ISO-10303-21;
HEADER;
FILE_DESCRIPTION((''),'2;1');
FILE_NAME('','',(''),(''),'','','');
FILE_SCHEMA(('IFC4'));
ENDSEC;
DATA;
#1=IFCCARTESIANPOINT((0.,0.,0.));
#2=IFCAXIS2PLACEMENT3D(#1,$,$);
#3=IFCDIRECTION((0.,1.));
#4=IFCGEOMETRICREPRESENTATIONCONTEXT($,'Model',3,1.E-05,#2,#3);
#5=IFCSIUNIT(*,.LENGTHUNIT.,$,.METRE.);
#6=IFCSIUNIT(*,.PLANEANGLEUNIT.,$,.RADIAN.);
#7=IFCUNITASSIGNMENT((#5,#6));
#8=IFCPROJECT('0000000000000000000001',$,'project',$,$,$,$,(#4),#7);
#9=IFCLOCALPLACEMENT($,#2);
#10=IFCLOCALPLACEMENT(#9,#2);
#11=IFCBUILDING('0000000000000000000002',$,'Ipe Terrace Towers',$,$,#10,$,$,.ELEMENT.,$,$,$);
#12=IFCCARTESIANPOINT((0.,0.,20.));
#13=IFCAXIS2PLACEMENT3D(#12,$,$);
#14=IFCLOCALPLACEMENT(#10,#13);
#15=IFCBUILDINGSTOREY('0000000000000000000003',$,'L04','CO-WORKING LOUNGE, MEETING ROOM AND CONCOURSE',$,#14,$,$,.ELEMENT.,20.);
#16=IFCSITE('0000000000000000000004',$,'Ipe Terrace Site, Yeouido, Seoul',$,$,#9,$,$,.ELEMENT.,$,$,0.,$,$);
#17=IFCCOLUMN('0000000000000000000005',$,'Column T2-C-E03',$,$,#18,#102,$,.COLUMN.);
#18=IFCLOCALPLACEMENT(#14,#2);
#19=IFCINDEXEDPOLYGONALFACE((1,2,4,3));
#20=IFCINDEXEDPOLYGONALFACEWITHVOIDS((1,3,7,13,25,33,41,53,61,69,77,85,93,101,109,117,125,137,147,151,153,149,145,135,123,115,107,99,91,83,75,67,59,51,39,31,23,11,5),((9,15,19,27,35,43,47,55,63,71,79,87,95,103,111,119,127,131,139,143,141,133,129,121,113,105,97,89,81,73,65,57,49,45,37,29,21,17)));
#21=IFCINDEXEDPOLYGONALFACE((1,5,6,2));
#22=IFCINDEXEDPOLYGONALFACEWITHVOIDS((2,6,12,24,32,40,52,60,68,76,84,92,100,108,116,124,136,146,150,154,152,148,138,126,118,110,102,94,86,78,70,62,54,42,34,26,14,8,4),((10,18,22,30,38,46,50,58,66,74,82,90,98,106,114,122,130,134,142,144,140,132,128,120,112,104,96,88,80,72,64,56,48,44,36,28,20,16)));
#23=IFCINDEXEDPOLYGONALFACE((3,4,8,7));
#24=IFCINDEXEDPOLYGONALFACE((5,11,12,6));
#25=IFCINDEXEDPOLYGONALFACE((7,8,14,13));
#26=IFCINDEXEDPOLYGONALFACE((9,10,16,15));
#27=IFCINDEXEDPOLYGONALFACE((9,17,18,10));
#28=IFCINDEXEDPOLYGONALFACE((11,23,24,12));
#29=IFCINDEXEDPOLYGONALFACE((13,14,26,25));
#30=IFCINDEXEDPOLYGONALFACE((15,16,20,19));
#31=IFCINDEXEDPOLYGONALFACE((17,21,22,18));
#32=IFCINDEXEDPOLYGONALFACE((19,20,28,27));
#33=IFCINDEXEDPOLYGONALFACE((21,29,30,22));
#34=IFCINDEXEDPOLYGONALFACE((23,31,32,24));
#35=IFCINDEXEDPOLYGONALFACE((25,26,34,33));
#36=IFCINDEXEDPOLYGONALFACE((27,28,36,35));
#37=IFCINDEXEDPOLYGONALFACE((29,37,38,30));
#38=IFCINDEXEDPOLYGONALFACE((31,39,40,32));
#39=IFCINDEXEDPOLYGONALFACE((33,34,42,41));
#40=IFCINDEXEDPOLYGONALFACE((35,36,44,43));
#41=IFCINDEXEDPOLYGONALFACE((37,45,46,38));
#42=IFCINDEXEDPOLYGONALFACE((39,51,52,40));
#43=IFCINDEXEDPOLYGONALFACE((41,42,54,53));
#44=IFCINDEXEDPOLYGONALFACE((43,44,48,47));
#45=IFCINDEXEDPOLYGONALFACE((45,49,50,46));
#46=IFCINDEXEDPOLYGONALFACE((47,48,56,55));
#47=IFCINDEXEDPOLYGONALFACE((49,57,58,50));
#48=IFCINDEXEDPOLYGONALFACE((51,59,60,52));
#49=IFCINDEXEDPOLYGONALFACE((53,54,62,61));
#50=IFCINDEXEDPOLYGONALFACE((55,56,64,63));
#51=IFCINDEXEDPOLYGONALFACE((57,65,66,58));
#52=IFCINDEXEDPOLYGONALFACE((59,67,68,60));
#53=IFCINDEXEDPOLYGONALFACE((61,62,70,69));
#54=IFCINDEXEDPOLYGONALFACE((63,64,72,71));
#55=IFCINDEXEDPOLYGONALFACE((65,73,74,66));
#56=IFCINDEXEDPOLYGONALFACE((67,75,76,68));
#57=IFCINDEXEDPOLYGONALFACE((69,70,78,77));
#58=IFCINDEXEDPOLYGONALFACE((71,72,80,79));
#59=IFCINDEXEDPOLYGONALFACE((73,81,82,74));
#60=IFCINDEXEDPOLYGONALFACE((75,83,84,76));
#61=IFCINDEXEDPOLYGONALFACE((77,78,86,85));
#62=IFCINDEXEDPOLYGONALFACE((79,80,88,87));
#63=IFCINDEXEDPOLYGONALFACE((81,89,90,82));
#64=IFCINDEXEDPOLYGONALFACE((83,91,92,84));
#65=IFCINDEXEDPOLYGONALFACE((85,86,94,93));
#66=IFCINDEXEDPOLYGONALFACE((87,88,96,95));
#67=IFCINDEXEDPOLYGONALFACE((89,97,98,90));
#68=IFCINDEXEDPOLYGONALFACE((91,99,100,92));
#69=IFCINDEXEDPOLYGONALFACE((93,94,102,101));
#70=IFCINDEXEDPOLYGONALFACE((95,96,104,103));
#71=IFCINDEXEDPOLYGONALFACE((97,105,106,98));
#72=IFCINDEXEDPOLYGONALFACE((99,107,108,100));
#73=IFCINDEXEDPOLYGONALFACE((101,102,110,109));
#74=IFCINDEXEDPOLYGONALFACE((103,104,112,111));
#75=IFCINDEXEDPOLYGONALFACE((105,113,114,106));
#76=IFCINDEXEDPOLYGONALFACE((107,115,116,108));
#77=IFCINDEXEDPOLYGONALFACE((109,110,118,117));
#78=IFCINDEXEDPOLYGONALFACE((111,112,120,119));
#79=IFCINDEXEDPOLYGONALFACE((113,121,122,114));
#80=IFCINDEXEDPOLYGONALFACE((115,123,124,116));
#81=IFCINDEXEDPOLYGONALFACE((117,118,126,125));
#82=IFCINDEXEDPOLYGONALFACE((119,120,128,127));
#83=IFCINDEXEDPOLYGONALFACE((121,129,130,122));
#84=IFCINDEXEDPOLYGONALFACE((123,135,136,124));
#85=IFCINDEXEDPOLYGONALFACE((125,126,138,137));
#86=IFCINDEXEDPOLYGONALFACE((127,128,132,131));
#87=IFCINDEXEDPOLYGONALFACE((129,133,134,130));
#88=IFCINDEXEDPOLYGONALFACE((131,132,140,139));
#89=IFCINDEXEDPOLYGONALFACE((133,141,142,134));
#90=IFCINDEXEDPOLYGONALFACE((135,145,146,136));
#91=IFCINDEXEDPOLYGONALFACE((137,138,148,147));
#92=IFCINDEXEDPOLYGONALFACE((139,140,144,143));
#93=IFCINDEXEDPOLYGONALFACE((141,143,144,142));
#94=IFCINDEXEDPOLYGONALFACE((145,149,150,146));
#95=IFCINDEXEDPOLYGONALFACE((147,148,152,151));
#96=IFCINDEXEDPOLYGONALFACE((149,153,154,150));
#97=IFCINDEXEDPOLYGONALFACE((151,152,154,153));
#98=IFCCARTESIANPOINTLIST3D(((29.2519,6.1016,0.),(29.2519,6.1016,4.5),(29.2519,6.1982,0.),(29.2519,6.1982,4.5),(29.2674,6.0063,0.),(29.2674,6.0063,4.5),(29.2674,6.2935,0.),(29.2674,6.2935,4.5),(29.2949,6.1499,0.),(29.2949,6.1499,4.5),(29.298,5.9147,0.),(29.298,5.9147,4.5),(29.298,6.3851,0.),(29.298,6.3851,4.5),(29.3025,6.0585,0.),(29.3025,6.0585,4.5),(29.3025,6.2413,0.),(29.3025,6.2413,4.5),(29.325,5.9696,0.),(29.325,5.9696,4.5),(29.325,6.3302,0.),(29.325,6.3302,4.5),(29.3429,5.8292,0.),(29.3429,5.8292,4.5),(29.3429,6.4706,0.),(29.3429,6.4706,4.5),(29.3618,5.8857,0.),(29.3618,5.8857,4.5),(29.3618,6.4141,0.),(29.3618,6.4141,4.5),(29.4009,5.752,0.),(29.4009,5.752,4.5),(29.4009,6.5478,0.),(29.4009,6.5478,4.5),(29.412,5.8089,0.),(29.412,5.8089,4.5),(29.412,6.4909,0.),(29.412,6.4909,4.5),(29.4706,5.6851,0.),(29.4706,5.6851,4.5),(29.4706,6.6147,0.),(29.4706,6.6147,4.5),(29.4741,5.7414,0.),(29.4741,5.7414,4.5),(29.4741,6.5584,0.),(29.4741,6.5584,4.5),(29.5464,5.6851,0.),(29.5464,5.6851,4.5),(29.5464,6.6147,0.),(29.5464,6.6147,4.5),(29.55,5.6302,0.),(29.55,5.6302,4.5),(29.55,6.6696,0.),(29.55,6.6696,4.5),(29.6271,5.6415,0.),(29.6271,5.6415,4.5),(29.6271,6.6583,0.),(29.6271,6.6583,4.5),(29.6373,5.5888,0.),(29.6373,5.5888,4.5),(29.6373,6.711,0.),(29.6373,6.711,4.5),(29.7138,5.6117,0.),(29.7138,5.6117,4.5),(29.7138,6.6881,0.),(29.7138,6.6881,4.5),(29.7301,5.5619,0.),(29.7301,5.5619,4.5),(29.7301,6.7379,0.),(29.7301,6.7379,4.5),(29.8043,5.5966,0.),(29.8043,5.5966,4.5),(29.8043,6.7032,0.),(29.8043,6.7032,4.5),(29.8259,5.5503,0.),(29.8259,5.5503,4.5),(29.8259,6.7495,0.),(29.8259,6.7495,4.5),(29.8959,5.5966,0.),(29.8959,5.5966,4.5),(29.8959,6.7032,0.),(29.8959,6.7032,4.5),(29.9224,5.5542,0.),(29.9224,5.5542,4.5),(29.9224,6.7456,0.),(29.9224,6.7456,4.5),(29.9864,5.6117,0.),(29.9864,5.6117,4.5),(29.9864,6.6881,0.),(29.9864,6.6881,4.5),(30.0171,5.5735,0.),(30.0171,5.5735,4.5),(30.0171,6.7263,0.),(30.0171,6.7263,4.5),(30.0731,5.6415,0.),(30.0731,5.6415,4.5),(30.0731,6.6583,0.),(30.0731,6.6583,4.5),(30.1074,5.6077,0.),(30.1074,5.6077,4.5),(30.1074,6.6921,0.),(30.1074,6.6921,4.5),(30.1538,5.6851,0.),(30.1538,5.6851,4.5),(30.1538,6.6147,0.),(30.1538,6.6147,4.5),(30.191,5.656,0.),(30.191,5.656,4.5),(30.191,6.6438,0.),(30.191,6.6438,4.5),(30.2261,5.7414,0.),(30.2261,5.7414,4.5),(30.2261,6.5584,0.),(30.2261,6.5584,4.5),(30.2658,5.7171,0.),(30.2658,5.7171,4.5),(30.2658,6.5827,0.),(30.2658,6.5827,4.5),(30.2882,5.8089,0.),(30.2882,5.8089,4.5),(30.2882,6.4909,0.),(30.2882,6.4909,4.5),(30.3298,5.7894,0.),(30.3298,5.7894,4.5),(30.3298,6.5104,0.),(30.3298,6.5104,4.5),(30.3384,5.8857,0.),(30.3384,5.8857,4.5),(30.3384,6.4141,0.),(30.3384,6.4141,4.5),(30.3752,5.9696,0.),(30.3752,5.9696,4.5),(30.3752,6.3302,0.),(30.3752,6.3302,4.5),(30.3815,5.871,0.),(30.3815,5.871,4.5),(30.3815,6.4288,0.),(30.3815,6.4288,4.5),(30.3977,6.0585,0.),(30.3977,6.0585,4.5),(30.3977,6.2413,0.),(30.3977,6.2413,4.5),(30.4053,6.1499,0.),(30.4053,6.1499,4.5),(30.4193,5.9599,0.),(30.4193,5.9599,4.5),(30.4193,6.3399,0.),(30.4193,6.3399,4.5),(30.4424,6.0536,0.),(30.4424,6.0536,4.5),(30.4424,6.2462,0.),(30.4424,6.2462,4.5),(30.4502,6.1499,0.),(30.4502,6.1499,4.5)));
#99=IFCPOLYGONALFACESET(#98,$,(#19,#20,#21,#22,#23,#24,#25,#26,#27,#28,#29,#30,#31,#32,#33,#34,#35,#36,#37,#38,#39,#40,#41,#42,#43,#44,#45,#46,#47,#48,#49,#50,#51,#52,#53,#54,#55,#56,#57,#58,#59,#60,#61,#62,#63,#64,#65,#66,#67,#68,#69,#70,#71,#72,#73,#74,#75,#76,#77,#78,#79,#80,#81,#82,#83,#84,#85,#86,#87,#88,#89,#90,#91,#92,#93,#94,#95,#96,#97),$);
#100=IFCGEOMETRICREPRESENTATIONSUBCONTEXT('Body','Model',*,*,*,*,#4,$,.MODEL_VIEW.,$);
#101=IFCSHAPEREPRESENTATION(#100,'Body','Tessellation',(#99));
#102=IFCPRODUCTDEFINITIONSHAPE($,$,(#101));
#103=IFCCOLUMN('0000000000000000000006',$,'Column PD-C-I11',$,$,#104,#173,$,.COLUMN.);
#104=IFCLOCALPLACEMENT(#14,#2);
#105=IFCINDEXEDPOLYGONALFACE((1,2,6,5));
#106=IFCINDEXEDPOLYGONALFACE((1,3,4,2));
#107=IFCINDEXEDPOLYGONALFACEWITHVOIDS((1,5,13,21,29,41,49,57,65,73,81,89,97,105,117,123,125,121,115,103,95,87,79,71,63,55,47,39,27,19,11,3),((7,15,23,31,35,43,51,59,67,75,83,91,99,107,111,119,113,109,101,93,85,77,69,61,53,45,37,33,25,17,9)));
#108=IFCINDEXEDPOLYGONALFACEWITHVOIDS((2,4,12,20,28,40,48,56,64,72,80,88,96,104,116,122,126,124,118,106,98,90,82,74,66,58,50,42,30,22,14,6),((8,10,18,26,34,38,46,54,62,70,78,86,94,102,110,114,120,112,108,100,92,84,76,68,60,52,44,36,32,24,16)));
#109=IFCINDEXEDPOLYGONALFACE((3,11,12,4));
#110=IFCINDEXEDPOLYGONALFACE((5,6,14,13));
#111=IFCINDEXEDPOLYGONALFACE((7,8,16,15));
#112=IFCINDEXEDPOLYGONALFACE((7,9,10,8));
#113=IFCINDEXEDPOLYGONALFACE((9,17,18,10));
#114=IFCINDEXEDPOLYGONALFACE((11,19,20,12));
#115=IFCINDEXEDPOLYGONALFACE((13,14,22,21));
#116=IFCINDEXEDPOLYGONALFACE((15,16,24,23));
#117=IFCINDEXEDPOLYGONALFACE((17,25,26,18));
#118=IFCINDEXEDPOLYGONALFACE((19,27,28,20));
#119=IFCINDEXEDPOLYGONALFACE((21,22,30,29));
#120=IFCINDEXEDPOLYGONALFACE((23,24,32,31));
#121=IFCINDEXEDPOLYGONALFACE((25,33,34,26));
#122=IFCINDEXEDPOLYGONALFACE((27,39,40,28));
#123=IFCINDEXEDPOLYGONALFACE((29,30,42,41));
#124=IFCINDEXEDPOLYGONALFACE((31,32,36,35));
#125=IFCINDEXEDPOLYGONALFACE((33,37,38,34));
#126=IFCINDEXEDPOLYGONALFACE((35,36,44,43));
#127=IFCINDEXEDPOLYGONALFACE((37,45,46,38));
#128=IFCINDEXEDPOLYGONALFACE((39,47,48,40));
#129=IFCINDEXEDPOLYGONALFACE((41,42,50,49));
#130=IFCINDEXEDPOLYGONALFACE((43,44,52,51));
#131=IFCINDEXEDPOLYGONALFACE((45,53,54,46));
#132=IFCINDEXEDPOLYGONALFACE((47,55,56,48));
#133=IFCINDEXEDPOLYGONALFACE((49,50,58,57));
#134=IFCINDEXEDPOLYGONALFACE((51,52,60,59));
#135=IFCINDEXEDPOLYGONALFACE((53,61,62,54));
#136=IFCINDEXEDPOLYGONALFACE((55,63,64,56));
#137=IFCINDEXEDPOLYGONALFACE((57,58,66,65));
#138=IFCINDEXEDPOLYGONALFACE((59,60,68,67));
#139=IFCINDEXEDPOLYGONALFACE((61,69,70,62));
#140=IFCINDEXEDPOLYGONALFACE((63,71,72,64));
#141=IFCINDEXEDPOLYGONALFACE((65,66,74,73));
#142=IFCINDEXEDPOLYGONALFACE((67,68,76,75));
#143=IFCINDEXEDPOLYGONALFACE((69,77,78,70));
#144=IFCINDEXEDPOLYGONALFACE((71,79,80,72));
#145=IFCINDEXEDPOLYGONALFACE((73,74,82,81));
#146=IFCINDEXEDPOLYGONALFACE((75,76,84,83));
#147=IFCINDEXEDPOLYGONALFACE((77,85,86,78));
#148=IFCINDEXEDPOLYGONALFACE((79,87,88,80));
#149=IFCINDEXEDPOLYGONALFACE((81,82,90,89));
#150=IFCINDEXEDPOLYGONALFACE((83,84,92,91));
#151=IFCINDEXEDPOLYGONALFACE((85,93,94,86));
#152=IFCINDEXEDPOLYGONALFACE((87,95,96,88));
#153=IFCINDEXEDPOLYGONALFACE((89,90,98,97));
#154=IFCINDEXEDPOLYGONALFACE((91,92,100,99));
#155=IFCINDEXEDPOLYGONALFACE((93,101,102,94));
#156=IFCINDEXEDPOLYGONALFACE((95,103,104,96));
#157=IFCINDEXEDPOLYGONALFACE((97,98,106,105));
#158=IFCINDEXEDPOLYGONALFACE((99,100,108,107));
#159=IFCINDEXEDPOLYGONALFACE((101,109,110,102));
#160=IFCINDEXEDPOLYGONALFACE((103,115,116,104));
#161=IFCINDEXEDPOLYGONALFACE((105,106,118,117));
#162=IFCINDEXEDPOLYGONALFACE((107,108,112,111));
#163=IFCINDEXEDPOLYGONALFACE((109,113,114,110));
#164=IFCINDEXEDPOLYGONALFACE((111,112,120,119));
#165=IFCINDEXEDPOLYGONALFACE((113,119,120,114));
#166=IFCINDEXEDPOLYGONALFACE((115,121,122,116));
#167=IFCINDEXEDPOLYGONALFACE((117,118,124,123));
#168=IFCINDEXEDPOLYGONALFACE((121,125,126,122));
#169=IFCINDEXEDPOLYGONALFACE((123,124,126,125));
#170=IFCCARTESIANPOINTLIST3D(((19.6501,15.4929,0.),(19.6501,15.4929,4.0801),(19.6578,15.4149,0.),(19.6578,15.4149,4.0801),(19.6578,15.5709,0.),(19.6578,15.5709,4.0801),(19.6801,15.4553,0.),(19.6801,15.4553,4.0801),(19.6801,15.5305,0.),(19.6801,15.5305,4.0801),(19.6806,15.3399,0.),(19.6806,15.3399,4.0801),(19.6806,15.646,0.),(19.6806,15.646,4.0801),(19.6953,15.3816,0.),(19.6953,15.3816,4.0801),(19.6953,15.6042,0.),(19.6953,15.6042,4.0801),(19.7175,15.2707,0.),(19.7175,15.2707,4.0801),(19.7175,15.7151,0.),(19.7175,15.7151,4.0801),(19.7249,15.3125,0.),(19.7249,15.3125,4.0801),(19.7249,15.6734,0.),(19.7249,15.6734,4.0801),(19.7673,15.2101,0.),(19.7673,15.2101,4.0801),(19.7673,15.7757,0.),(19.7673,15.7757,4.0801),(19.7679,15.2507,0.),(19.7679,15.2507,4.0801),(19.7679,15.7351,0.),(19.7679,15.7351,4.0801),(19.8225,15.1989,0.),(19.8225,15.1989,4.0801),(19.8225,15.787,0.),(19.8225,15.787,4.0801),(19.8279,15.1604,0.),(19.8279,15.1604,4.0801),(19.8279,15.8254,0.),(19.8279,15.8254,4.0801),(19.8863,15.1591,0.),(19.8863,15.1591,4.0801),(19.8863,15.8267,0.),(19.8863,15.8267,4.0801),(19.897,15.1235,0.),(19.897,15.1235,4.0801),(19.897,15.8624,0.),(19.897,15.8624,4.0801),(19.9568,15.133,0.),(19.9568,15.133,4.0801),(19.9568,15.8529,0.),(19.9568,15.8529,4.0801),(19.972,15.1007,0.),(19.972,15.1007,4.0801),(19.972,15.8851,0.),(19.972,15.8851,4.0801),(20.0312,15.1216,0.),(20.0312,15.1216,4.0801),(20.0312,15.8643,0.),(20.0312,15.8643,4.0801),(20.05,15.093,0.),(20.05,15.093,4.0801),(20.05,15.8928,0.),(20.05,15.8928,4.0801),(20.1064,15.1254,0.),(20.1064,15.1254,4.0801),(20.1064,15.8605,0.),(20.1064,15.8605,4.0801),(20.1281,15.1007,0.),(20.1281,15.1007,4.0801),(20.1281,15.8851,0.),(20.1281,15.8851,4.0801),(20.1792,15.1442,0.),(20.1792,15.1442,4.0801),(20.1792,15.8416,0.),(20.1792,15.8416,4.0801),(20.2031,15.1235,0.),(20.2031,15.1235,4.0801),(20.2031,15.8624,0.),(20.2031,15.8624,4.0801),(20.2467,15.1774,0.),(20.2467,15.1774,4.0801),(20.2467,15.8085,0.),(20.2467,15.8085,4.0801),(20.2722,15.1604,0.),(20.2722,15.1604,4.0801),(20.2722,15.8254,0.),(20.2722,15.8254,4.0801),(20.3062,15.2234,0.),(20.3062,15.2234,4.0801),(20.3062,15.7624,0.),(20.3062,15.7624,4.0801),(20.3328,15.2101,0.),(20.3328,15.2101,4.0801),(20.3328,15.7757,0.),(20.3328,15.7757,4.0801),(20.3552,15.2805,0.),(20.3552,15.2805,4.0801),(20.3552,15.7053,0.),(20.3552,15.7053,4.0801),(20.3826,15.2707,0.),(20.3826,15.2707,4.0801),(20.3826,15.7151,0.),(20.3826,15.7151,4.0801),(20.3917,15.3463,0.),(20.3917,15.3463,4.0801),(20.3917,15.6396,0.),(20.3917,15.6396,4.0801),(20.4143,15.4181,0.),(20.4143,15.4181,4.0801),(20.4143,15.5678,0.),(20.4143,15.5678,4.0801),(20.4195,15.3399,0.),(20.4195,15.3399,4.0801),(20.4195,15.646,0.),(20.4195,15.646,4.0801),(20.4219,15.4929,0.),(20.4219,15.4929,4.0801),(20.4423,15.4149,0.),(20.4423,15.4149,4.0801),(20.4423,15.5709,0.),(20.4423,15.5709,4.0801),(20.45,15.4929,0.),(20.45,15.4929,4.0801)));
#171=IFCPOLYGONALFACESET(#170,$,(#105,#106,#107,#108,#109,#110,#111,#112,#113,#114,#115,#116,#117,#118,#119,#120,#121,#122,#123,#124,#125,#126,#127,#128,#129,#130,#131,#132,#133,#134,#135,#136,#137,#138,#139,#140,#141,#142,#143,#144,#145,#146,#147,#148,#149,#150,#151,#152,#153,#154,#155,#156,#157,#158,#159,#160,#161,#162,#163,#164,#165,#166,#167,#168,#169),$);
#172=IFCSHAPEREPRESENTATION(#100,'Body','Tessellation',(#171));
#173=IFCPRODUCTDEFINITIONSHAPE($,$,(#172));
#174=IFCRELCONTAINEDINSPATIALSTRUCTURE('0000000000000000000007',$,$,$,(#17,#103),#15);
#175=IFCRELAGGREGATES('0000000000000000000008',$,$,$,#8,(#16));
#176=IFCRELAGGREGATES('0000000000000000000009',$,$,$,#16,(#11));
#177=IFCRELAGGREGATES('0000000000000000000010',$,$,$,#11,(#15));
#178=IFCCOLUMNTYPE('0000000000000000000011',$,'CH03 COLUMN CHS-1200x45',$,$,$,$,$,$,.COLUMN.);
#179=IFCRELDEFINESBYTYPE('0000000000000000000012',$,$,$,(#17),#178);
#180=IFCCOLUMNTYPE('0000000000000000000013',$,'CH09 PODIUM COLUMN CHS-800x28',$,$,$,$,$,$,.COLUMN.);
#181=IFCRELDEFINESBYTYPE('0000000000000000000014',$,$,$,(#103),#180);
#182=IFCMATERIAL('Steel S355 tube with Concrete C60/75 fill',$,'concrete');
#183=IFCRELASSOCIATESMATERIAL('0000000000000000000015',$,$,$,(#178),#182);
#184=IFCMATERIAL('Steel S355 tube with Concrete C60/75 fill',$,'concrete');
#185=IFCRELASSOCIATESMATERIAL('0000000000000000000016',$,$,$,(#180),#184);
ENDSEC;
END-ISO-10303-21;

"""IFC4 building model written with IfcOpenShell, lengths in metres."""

from ifc_helpers import new_model, si_unit, direction, frame, origin, origin_2d, place, context, subcontext, project, spatial, hollow_circle, extrude, material, material_profile, profile_set, type_object, element, save


model = new_model("IFC4")

# Units and contexts
model_context = context("Model", 3, precision=1e-05, world=origin(), true_north=direction((0.0, 1.0)))
body_context = subcontext(model_context, "Body", "Model", "MODEL_VIEW")
ifc_project = project(units=[si_unit("LENGTHUNIT", "METRE"), si_unit("PLANEANGLEUNIT", "RADIAN")], contexts=[model_context])

# Site, building, storey
site_placement = place(None, origin())
site = spatial("IfcSite", under=ifc_project, at=site_placement, Name="Ipe Terrace Site, Yeouido, Seoul", CompositionType="ELEMENT", RefElevation=0.0)
building_placement = place(site_placement, origin())
building = spatial("IfcBuilding", under=site, at=building_placement, Name="Ipe Terrace Towers", CompositionType="ELEMENT")
storey_placement = place(building_placement, frame((0.0, 0.0, 20.0)))
storey = spatial("IfcBuildingStorey", under=building, at=storey_placement, Name="L04", Description="CO-WORKING LOUNGE, MEETING ROOM AND CONCOURSE", CompositionType="ELEMENT", Elevation=20.0)

# Columns
ifc_material_1 = material(Name="Steel S355 tube with Concrete C60/75 fill", Category="concrete")
ifc_material_profile_1 = material_profile(ifc_material_1, hollow_circle(Radius=0.6001, WallThickness=0.0449, at=origin_2d()), Name="CHS-1200x45")
ifc_profile_set_1 = profile_set([ifc_material_profile_1], Name="Steel S355 tube with Concrete C60/75 fill")
column_type_1 = type_object("IfcColumnType", Name="CH03 COLUMN CHS-1200x45", PredefinedType="COLUMN", material=ifc_profile_set_1)
column_1_placement = place(storey_placement, frame((29.8501, 6.1499, 0.0), z_axis=(0.0, 0.0, 1.0), x_axis=(1.0, 0.0, 0.0)))
element("IfcColumn", 1, at=column_1_placement, inside=storey, type_object=column_type_1, Name="Column T2-C-E03", PredefinedType="COLUMN", context=body_context, shape_type="SweptSolid", body=[
    extrude(hollow_circle(Radius=0.6001, WallThickness=0.0449, at=origin_2d()), origin(), (0.0, 0.0, 1.0), 4.5),
])
ifc_material_2 = material(Name="Steel S355 tube with Concrete C60/75 fill", Category="concrete")
ifc_material_profile_2 = material_profile(ifc_material_2, hollow_circle(Radius=0.3999, WallThickness=0.0281, at=origin_2d()), Name="CHS-800x28")
ifc_profile_set_2 = profile_set([ifc_material_profile_2], Name="Steel S355 tube with Concrete C60/75 fill")
column_type_2 = type_object("IfcColumnType", Name="CH09 PODIUM COLUMN CHS-800x28", PredefinedType="COLUMN", material=ifc_profile_set_2)
column_2_placement = place(storey_placement, frame((20.05, 15.4929, 0.0), z_axis=(0.0, 0.0, 1.0), x_axis=(1.0, 0.0, 0.0)))
element("IfcColumn", 2, at=column_2_placement, inside=storey, type_object=column_type_2, Name="Column PD-C-I11", PredefinedType="COLUMN", context=body_context, shape_type="SweptSolid", body=[
    extrude(hollow_circle(Radius=0.3999, WallThickness=0.0281, at=origin_2d()), origin(), (0.0, 0.0, 1.0), 4.0801),
])

save(model, "model.ifc")
